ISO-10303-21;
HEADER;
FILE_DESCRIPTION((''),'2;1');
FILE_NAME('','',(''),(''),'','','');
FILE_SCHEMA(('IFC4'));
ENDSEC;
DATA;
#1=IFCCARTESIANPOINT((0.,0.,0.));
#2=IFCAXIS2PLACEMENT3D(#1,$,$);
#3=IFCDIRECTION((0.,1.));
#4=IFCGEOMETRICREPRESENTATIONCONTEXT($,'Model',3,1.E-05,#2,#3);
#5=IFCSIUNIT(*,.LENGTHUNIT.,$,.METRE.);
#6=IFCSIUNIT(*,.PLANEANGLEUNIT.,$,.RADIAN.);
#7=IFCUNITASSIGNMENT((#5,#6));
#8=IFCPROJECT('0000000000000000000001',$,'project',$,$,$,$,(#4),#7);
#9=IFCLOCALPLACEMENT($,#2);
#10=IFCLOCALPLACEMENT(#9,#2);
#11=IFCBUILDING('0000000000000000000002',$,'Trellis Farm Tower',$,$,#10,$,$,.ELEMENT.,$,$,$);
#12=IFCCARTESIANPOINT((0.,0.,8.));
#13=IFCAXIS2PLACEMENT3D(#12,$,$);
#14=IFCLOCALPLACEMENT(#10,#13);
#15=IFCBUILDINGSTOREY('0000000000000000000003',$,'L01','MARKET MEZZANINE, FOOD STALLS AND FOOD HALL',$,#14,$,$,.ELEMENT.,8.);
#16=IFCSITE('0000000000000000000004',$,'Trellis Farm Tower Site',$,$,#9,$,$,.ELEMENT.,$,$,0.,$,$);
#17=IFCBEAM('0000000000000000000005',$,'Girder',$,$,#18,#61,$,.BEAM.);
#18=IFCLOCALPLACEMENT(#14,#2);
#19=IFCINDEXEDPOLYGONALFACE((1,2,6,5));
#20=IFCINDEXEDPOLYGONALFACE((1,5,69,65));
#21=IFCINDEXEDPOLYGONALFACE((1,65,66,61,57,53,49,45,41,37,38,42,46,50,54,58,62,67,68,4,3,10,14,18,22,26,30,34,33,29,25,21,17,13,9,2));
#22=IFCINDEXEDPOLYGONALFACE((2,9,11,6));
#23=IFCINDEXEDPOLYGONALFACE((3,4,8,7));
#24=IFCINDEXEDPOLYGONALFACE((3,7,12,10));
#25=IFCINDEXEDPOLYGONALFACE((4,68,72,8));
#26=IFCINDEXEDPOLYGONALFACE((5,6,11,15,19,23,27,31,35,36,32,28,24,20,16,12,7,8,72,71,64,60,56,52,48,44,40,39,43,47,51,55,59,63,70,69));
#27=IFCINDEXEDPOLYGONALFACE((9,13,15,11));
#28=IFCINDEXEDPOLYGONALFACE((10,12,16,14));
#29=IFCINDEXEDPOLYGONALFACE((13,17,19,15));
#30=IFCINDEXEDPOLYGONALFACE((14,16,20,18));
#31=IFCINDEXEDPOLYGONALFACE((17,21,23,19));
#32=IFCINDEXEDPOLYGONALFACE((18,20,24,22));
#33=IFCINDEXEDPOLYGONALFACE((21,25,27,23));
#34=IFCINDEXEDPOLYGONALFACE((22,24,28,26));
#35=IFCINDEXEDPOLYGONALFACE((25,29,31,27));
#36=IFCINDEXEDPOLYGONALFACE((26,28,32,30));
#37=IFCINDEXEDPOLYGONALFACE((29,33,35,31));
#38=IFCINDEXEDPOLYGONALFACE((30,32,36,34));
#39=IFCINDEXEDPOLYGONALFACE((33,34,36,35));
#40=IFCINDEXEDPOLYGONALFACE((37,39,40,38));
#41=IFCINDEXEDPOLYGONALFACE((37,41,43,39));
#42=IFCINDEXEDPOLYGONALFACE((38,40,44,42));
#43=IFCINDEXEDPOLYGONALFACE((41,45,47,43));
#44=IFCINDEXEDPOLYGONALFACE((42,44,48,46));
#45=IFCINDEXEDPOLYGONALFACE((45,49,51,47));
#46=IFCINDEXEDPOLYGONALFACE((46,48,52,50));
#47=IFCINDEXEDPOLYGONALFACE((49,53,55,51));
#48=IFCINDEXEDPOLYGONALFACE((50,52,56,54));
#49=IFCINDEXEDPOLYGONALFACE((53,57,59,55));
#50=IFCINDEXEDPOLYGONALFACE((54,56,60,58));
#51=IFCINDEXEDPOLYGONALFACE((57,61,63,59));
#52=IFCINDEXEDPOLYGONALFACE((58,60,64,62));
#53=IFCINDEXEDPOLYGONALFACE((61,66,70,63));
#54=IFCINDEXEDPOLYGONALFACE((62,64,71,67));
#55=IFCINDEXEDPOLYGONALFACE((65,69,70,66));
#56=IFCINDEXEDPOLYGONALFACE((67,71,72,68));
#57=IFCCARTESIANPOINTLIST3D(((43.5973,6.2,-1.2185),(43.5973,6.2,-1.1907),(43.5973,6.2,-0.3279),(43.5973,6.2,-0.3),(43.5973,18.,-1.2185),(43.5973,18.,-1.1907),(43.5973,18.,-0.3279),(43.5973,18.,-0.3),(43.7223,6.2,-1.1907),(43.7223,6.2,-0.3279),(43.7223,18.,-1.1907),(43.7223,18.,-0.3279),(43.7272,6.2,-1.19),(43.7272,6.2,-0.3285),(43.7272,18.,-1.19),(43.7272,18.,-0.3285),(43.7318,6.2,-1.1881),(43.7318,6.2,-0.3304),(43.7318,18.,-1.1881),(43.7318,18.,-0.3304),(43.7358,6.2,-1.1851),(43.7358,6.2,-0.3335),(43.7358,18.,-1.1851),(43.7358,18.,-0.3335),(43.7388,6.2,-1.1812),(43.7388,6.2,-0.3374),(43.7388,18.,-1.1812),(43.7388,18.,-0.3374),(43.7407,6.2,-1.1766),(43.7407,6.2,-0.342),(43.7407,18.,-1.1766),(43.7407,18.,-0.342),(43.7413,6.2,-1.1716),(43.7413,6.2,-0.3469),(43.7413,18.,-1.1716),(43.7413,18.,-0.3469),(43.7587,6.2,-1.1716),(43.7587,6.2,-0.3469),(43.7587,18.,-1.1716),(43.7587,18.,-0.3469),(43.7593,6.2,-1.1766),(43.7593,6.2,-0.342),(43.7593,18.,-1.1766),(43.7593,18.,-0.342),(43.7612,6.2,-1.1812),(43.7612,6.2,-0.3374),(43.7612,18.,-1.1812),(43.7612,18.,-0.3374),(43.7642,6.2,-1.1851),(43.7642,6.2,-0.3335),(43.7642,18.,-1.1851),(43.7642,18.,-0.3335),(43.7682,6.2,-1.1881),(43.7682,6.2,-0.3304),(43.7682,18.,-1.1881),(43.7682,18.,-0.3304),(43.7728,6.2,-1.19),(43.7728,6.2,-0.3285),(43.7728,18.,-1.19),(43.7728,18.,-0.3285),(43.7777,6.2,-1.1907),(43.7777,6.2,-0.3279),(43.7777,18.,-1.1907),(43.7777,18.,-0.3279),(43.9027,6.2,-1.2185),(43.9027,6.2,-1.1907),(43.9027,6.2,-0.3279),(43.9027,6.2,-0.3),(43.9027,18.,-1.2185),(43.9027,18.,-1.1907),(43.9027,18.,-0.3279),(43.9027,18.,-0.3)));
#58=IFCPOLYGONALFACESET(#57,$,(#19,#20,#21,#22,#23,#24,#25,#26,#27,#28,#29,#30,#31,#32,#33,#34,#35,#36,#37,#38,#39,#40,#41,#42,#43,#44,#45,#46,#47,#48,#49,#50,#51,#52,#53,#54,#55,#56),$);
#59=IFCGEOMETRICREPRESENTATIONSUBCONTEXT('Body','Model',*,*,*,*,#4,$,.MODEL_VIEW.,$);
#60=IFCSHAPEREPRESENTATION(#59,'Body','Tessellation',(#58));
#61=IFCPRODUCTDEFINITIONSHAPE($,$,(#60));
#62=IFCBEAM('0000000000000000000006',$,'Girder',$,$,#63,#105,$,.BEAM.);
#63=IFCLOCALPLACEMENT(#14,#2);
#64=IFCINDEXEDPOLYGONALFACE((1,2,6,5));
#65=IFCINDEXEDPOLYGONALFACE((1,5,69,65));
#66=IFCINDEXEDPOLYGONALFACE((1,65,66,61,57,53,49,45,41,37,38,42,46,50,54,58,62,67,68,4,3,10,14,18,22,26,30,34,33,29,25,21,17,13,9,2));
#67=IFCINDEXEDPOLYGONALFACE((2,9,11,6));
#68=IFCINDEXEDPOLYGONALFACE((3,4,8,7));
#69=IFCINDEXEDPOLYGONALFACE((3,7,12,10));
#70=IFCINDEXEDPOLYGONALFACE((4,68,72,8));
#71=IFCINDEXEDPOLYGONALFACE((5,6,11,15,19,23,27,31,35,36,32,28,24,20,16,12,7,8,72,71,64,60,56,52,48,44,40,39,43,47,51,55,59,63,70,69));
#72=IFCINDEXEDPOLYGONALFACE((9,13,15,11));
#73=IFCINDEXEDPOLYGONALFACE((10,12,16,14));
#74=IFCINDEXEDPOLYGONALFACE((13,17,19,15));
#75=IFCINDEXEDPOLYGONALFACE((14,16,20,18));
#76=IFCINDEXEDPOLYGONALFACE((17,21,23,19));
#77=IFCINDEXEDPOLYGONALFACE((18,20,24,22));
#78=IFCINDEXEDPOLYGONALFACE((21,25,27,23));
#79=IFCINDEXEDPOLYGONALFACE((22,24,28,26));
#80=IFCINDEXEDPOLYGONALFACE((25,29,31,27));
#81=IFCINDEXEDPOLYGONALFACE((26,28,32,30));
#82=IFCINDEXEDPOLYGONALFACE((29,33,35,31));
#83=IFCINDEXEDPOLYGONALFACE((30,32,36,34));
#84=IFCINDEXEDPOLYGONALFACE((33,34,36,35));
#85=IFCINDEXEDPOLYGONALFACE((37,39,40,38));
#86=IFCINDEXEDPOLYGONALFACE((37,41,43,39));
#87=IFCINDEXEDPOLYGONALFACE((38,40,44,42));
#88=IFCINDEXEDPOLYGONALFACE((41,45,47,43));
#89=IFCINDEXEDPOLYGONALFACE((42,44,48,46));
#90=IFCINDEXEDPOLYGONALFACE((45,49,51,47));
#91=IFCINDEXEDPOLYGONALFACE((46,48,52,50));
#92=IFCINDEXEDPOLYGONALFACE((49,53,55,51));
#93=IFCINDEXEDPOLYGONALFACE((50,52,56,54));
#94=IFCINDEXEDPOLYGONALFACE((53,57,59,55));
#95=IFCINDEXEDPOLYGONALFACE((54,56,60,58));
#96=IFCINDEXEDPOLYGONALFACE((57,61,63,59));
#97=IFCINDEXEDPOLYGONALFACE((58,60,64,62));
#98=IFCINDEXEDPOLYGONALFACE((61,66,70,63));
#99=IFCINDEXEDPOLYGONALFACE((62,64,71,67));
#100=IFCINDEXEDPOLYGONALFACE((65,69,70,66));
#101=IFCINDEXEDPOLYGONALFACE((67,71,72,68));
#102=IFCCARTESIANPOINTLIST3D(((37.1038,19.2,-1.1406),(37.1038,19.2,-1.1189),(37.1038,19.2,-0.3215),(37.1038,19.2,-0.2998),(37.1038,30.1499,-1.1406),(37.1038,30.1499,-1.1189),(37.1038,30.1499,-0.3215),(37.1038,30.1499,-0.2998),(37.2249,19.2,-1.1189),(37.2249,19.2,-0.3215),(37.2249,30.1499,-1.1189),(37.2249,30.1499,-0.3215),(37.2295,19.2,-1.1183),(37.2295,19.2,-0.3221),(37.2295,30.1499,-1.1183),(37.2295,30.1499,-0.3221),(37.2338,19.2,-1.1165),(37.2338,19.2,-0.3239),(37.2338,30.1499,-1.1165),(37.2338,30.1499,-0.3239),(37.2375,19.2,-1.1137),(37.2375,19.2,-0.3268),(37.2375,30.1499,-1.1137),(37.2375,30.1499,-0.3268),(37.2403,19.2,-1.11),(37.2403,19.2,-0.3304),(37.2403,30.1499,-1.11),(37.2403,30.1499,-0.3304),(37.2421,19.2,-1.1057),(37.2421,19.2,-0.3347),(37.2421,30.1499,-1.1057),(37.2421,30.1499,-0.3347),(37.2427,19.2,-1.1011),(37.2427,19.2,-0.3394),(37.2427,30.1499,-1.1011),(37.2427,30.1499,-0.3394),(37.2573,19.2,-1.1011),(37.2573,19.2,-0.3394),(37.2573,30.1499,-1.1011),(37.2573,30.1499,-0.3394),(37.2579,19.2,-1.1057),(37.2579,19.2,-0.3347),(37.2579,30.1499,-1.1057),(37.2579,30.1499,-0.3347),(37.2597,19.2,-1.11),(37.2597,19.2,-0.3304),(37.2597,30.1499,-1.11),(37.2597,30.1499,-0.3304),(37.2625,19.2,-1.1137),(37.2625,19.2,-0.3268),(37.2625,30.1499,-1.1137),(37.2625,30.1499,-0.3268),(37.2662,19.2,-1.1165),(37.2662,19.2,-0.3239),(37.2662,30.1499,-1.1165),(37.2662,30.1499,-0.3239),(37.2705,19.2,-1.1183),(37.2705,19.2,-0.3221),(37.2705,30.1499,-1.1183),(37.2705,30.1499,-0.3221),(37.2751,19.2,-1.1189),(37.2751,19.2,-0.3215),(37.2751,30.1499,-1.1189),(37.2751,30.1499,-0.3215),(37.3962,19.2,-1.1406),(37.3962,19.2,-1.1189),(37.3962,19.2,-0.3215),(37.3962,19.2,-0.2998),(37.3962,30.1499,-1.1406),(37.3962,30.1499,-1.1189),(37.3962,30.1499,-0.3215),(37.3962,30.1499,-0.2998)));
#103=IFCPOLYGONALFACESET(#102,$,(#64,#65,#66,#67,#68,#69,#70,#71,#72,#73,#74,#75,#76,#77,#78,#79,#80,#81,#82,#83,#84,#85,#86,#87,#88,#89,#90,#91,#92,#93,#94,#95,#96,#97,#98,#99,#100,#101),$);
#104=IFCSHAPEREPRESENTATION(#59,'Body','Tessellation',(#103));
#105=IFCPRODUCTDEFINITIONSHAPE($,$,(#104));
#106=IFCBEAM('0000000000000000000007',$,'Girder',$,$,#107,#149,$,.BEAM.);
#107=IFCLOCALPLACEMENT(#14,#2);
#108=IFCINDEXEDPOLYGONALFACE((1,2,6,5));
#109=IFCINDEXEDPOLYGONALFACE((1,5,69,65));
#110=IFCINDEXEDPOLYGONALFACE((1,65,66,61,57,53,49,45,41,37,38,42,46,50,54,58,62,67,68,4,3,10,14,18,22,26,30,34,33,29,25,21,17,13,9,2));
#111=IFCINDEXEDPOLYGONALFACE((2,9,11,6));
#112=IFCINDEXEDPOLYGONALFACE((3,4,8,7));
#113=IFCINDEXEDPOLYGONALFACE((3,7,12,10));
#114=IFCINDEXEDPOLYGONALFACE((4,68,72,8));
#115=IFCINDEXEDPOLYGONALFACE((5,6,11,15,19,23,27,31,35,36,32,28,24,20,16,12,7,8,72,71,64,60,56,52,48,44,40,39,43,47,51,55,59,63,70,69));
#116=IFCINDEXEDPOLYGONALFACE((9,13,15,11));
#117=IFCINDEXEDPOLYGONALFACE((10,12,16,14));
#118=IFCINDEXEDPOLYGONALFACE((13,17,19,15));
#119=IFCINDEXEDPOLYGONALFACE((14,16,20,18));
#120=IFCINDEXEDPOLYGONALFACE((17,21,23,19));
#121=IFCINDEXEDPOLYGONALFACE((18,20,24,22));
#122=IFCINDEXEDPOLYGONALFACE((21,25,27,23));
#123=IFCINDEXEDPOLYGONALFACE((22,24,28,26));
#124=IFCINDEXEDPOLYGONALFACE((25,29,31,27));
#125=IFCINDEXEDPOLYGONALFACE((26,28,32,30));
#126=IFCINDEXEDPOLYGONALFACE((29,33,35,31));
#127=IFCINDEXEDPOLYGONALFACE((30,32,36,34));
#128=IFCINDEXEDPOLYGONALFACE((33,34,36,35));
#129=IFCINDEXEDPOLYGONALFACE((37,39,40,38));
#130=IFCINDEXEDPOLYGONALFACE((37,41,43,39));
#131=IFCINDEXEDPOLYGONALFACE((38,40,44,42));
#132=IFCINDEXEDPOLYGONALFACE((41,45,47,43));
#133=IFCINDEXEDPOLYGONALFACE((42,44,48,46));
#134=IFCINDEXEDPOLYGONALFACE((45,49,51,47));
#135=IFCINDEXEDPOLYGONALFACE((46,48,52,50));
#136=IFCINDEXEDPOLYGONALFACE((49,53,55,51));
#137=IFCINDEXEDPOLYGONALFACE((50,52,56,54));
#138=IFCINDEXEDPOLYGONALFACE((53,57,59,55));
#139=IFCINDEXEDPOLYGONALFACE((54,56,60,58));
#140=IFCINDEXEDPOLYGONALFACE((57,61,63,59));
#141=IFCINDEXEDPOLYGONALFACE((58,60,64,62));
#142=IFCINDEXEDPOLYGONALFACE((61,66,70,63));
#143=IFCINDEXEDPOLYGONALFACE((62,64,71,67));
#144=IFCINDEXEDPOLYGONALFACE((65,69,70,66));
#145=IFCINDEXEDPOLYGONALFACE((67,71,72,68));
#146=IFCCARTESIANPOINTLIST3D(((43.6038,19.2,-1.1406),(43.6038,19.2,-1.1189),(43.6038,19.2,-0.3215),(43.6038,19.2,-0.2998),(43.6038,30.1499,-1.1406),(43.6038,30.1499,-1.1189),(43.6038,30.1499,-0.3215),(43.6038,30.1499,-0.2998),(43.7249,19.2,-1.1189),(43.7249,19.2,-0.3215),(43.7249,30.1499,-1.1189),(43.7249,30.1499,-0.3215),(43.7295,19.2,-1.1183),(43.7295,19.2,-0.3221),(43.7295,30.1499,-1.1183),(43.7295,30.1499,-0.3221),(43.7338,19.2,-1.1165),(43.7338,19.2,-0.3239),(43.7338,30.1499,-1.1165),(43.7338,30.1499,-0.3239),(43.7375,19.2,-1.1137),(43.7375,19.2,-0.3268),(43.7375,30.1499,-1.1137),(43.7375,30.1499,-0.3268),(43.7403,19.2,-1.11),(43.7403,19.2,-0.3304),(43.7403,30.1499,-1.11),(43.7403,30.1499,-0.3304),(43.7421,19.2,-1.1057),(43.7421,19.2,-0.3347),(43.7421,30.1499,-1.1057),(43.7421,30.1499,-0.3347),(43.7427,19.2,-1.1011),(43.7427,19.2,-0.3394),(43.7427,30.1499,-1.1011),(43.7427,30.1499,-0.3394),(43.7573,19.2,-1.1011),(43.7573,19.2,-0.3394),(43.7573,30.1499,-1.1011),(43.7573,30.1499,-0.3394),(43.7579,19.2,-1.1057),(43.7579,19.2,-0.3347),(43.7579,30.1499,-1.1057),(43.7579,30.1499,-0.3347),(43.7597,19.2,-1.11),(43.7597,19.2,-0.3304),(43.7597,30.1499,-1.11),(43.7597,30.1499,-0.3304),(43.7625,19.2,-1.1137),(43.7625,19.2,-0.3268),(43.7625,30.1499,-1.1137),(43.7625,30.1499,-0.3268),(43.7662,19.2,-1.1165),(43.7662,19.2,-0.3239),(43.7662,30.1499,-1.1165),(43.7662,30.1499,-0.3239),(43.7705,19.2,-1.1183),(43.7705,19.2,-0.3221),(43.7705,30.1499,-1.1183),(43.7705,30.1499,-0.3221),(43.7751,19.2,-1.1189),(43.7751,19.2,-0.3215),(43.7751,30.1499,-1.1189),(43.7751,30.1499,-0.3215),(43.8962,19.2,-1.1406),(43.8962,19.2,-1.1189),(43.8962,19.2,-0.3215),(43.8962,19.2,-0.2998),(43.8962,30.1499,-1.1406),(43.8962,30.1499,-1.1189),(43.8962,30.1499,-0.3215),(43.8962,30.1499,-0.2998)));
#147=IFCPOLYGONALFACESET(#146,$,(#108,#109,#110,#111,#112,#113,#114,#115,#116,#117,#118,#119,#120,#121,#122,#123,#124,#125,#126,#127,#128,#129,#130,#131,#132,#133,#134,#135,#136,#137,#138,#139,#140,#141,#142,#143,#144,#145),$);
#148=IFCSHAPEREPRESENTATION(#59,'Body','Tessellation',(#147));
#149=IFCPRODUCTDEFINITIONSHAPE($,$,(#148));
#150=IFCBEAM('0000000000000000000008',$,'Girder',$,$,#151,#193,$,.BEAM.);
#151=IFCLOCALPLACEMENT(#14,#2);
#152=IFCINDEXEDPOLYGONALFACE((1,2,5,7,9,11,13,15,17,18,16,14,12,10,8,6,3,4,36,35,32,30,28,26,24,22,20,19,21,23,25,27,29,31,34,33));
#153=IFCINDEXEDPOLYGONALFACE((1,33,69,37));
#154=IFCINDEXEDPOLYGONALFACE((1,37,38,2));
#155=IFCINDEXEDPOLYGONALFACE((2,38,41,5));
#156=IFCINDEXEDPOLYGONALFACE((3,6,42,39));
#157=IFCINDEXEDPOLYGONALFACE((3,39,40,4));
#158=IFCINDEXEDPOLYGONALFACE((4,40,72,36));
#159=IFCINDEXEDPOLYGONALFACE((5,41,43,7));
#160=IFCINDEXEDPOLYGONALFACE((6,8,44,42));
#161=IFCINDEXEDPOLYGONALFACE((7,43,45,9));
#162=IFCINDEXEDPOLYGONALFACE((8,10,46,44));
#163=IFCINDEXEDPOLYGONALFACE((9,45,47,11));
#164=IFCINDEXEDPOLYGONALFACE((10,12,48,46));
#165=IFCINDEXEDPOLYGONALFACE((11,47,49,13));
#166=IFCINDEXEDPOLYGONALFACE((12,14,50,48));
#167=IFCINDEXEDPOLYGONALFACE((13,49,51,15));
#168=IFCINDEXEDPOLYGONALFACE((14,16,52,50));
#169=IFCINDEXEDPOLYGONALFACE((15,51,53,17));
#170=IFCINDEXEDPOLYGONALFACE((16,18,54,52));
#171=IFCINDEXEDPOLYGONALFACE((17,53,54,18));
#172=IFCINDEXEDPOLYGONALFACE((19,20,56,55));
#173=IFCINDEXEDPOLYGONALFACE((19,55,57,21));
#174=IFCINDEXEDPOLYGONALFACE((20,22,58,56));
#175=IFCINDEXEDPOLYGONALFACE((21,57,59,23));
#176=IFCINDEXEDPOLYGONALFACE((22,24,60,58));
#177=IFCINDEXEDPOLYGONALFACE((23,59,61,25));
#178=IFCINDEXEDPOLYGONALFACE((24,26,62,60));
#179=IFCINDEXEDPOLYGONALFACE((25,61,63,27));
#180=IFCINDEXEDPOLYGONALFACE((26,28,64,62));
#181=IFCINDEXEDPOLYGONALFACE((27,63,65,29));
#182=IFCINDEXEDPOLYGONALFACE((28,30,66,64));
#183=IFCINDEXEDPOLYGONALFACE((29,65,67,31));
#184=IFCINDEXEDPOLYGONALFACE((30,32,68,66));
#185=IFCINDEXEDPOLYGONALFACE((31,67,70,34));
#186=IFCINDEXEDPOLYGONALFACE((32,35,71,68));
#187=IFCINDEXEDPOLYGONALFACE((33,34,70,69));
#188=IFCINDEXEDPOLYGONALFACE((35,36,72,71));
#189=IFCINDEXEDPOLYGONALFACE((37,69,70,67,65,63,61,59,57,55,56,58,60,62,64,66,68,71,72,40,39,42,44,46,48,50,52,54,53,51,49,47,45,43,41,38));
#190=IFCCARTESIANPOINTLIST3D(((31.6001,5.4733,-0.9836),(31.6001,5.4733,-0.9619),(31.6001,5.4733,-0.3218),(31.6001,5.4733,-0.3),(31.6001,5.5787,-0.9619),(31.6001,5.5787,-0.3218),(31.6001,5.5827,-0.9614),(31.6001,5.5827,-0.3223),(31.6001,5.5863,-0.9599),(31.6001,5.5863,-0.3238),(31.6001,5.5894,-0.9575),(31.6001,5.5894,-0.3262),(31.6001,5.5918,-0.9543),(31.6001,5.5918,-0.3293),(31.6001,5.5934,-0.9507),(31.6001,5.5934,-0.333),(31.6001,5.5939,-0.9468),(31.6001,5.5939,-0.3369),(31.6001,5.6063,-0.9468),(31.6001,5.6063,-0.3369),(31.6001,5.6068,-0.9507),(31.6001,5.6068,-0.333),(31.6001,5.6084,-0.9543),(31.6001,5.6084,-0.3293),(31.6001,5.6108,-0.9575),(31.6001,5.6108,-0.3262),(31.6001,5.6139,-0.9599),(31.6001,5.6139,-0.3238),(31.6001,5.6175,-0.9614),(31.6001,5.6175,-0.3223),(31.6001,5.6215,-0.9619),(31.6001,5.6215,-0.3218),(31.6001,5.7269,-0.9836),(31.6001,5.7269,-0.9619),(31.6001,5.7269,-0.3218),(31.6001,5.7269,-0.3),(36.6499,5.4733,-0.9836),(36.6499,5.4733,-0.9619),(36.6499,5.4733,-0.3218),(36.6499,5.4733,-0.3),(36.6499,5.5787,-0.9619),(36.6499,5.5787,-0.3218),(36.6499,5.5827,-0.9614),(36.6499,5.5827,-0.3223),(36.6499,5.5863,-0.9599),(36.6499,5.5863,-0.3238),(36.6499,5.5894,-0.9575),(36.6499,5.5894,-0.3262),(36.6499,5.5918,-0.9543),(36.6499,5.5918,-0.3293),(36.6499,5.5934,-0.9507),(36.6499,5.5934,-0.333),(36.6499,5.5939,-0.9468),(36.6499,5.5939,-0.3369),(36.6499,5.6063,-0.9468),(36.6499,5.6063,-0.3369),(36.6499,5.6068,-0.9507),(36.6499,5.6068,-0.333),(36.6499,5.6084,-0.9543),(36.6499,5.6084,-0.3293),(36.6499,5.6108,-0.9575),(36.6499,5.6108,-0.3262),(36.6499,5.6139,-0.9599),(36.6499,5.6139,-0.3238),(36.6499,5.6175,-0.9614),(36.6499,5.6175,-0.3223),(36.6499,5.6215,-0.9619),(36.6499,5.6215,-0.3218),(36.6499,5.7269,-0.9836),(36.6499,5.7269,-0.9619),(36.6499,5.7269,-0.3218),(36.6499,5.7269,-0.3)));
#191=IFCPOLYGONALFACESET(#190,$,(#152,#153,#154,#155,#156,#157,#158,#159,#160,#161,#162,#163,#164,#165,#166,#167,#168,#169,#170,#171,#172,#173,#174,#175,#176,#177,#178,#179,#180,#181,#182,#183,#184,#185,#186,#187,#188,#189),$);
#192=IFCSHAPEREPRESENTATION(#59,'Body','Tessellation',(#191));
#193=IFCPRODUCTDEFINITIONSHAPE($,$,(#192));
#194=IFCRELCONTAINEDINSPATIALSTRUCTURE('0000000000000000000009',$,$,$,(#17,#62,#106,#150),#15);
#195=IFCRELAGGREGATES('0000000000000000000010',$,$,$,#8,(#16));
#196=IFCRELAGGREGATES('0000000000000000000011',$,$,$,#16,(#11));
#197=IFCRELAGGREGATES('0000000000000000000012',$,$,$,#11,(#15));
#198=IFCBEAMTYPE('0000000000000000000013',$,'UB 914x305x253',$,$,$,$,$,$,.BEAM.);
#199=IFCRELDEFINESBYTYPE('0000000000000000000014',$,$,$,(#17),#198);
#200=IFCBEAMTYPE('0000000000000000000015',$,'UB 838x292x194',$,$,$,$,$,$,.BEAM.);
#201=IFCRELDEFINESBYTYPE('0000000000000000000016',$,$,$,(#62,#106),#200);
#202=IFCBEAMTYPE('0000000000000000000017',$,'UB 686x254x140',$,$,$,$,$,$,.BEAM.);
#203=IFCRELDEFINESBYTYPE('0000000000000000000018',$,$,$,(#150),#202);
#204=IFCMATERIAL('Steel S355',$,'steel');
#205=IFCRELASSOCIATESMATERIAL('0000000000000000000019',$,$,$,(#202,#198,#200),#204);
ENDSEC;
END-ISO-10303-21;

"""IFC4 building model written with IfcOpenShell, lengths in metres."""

from ifc_helpers import new_model, si_unit, direction, frame, origin, origin_2d, place, context, subcontext, project, spatial, i_section, extrude, source, transform, mapped, material, material_profile, profile_set, type_object, element, save


model = new_model("IFC4")

# Units and contexts
model_context = context("Model", 3, precision=1e-05, world=origin(), true_north=direction((0.0, 1.0)))
body_context = subcontext(model_context, "Body", "Model", "MODEL_VIEW")
ifc_project = project(units=[si_unit("LENGTHUNIT", "METRE"), si_unit("PLANEANGLEUNIT", "RADIAN")], contexts=[model_context])

# Site, building, storey
site_placement = place(None, origin())
site = spatial("IfcSite", under=ifc_project, at=site_placement, Name="Trellis Farm Tower Site", CompositionType="ELEMENT", RefElevation=0.0)
building_placement = place(site_placement, origin())
building = spatial("IfcBuilding", under=site, at=building_placement, Name="Trellis Farm Tower", CompositionType="ELEMENT")
storey_placement = place(building_placement, frame((0.0, 0.0, 8.0)))
storey = spatial("IfcBuildingStorey", under=building, at=storey_placement, Name="L01", Description="MARKET MEZZANINE, FOOD STALLS AND FOOD HALL", CompositionType="ELEMENT", Elevation=8.0)

# Beams
ifc_material_1 = material(Name="Steel S355", Category="steel")
ifc_material_profile_1 = material_profile(ifc_material_1, i_section(OverallWidth=0.2537, OverallDepth=0.6836, WebThickness=0.0125, FlangeThickness=0.0217, FilletRadius=0.0151, at=origin_2d()), Name="UB 686x254x140")
ifc_profile_set_1 = profile_set([ifc_material_profile_1], Name="Steel S355")
beam_type_1 = type_object("IfcBeamType", Name="UB 686x254x140", PredefinedType="BEAM", material=ifc_profile_set_1)
ifc_material_profile_2 = material_profile(ifc_material_1, i_section(OverallWidth=0.3054, OverallDepth=0.9185, WebThickness=0.0173, FlangeThickness=0.0278, FilletRadius=0.019, at=origin_2d()), Name="UB 914x305x253")
ifc_profile_set_2 = profile_set([ifc_material_profile_2], Name="Steel S355")
beam_type_2 = type_object("IfcBeamType", Name="UB 914x305x253", PredefinedType="BEAM", material=ifc_profile_set_2)
shared_shape_1 = source(origin(), body_context, "Body", "SweptSolid", [
    extrude(i_section(OverallWidth=0.3054, OverallDepth=0.9185, WebThickness=0.0173, FlangeThickness=0.0278, FilletRadius=0.019, at=origin_2d()), origin(), (0.0, 0.0, 1.0), 11.8),
])
for number, where, z_axis, x_axis, name in (
    (1, (43.75, 6.2, -0.7593), (0.0, 1.0, 0.0), (-1.0, 0.0, 0.0), "Girder"),
):
    element("IfcBeam", number, at=place(storey_placement, frame(where, z_axis=z_axis, x_axis=x_axis)), inside=storey, type_object=beam_type_2, Name=name, PredefinedType="BEAM", context=body_context, shape_type="MappedRepresentation", body=[
        mapped(shared_shape_1, transform((0.0, 0.0, 0.0))),
    ])
ifc_material_profile_3 = material_profile(ifc_material_1, i_section(OverallWidth=0.2925, OverallDepth=0.8408, WebThickness=0.0146, FlangeThickness=0.0217, FilletRadius=0.0178, at=origin_2d()), Name="UB 838x292x194")
ifc_profile_set_3 = profile_set([ifc_material_profile_3], Name="Steel S355")
beam_type_3 = type_object("IfcBeamType", Name="UB 838x292x194", PredefinedType="BEAM", material=ifc_profile_set_3)
shared_shape_2 = source(origin(), body_context, "Body", "SweptSolid", [
    extrude(i_section(OverallWidth=0.2925, OverallDepth=0.8408, WebThickness=0.0146, FlangeThickness=0.0217, FilletRadius=0.0178, at=origin_2d()), origin(), (0.0, 0.0, 1.0), 10.95),
])
for number, where, z_axis, x_axis, name in (
    (2, (37.25, 19.2, -0.7202), (0.0, 1.0, 0.0), (-1.0, 0.0, 0.0), "Girder"),
    (3, (43.75, 19.2, -0.7202), (0.0, 1.0, 0.0), (-1.0, 0.0, 0.0), "Girder"),
):
    element("IfcBeam", number, at=place(storey_placement, frame(where, z_axis=z_axis, x_axis=x_axis)), inside=storey, type_object=beam_type_3, Name=name, PredefinedType="BEAM", context=body_context, shape_type="MappedRepresentation", body=[
        mapped(shared_shape_2, transform((0.0, 0.0, 0.0))),
    ])
shared_shape_3 = source(origin(), body_context, "Body", "SweptSolid", [
    extrude(i_section(OverallWidth=0.2537, OverallDepth=0.6836, WebThickness=0.0125, FlangeThickness=0.0217, FilletRadius=0.0151, at=origin_2d()), origin(), (0.0, 0.0, 1.0), 5.0498),
])
beam_placement = place(storey_placement, frame((31.6001, 5.6001, -0.6418), z_axis=(1.0, 0.0, 0.0), x_axis=(0.0, 1.0, 0.0)))
element("IfcBeam", 4, at=beam_placement, inside=storey, type_object=beam_type_1, Name="Girder", PredefinedType="BEAM", context=body_context, shape_type="MappedRepresentation", body=[
    mapped(shared_shape_3, transform((0.0, 0.0, 0.0))),
])

save(model, "model.ifc")
